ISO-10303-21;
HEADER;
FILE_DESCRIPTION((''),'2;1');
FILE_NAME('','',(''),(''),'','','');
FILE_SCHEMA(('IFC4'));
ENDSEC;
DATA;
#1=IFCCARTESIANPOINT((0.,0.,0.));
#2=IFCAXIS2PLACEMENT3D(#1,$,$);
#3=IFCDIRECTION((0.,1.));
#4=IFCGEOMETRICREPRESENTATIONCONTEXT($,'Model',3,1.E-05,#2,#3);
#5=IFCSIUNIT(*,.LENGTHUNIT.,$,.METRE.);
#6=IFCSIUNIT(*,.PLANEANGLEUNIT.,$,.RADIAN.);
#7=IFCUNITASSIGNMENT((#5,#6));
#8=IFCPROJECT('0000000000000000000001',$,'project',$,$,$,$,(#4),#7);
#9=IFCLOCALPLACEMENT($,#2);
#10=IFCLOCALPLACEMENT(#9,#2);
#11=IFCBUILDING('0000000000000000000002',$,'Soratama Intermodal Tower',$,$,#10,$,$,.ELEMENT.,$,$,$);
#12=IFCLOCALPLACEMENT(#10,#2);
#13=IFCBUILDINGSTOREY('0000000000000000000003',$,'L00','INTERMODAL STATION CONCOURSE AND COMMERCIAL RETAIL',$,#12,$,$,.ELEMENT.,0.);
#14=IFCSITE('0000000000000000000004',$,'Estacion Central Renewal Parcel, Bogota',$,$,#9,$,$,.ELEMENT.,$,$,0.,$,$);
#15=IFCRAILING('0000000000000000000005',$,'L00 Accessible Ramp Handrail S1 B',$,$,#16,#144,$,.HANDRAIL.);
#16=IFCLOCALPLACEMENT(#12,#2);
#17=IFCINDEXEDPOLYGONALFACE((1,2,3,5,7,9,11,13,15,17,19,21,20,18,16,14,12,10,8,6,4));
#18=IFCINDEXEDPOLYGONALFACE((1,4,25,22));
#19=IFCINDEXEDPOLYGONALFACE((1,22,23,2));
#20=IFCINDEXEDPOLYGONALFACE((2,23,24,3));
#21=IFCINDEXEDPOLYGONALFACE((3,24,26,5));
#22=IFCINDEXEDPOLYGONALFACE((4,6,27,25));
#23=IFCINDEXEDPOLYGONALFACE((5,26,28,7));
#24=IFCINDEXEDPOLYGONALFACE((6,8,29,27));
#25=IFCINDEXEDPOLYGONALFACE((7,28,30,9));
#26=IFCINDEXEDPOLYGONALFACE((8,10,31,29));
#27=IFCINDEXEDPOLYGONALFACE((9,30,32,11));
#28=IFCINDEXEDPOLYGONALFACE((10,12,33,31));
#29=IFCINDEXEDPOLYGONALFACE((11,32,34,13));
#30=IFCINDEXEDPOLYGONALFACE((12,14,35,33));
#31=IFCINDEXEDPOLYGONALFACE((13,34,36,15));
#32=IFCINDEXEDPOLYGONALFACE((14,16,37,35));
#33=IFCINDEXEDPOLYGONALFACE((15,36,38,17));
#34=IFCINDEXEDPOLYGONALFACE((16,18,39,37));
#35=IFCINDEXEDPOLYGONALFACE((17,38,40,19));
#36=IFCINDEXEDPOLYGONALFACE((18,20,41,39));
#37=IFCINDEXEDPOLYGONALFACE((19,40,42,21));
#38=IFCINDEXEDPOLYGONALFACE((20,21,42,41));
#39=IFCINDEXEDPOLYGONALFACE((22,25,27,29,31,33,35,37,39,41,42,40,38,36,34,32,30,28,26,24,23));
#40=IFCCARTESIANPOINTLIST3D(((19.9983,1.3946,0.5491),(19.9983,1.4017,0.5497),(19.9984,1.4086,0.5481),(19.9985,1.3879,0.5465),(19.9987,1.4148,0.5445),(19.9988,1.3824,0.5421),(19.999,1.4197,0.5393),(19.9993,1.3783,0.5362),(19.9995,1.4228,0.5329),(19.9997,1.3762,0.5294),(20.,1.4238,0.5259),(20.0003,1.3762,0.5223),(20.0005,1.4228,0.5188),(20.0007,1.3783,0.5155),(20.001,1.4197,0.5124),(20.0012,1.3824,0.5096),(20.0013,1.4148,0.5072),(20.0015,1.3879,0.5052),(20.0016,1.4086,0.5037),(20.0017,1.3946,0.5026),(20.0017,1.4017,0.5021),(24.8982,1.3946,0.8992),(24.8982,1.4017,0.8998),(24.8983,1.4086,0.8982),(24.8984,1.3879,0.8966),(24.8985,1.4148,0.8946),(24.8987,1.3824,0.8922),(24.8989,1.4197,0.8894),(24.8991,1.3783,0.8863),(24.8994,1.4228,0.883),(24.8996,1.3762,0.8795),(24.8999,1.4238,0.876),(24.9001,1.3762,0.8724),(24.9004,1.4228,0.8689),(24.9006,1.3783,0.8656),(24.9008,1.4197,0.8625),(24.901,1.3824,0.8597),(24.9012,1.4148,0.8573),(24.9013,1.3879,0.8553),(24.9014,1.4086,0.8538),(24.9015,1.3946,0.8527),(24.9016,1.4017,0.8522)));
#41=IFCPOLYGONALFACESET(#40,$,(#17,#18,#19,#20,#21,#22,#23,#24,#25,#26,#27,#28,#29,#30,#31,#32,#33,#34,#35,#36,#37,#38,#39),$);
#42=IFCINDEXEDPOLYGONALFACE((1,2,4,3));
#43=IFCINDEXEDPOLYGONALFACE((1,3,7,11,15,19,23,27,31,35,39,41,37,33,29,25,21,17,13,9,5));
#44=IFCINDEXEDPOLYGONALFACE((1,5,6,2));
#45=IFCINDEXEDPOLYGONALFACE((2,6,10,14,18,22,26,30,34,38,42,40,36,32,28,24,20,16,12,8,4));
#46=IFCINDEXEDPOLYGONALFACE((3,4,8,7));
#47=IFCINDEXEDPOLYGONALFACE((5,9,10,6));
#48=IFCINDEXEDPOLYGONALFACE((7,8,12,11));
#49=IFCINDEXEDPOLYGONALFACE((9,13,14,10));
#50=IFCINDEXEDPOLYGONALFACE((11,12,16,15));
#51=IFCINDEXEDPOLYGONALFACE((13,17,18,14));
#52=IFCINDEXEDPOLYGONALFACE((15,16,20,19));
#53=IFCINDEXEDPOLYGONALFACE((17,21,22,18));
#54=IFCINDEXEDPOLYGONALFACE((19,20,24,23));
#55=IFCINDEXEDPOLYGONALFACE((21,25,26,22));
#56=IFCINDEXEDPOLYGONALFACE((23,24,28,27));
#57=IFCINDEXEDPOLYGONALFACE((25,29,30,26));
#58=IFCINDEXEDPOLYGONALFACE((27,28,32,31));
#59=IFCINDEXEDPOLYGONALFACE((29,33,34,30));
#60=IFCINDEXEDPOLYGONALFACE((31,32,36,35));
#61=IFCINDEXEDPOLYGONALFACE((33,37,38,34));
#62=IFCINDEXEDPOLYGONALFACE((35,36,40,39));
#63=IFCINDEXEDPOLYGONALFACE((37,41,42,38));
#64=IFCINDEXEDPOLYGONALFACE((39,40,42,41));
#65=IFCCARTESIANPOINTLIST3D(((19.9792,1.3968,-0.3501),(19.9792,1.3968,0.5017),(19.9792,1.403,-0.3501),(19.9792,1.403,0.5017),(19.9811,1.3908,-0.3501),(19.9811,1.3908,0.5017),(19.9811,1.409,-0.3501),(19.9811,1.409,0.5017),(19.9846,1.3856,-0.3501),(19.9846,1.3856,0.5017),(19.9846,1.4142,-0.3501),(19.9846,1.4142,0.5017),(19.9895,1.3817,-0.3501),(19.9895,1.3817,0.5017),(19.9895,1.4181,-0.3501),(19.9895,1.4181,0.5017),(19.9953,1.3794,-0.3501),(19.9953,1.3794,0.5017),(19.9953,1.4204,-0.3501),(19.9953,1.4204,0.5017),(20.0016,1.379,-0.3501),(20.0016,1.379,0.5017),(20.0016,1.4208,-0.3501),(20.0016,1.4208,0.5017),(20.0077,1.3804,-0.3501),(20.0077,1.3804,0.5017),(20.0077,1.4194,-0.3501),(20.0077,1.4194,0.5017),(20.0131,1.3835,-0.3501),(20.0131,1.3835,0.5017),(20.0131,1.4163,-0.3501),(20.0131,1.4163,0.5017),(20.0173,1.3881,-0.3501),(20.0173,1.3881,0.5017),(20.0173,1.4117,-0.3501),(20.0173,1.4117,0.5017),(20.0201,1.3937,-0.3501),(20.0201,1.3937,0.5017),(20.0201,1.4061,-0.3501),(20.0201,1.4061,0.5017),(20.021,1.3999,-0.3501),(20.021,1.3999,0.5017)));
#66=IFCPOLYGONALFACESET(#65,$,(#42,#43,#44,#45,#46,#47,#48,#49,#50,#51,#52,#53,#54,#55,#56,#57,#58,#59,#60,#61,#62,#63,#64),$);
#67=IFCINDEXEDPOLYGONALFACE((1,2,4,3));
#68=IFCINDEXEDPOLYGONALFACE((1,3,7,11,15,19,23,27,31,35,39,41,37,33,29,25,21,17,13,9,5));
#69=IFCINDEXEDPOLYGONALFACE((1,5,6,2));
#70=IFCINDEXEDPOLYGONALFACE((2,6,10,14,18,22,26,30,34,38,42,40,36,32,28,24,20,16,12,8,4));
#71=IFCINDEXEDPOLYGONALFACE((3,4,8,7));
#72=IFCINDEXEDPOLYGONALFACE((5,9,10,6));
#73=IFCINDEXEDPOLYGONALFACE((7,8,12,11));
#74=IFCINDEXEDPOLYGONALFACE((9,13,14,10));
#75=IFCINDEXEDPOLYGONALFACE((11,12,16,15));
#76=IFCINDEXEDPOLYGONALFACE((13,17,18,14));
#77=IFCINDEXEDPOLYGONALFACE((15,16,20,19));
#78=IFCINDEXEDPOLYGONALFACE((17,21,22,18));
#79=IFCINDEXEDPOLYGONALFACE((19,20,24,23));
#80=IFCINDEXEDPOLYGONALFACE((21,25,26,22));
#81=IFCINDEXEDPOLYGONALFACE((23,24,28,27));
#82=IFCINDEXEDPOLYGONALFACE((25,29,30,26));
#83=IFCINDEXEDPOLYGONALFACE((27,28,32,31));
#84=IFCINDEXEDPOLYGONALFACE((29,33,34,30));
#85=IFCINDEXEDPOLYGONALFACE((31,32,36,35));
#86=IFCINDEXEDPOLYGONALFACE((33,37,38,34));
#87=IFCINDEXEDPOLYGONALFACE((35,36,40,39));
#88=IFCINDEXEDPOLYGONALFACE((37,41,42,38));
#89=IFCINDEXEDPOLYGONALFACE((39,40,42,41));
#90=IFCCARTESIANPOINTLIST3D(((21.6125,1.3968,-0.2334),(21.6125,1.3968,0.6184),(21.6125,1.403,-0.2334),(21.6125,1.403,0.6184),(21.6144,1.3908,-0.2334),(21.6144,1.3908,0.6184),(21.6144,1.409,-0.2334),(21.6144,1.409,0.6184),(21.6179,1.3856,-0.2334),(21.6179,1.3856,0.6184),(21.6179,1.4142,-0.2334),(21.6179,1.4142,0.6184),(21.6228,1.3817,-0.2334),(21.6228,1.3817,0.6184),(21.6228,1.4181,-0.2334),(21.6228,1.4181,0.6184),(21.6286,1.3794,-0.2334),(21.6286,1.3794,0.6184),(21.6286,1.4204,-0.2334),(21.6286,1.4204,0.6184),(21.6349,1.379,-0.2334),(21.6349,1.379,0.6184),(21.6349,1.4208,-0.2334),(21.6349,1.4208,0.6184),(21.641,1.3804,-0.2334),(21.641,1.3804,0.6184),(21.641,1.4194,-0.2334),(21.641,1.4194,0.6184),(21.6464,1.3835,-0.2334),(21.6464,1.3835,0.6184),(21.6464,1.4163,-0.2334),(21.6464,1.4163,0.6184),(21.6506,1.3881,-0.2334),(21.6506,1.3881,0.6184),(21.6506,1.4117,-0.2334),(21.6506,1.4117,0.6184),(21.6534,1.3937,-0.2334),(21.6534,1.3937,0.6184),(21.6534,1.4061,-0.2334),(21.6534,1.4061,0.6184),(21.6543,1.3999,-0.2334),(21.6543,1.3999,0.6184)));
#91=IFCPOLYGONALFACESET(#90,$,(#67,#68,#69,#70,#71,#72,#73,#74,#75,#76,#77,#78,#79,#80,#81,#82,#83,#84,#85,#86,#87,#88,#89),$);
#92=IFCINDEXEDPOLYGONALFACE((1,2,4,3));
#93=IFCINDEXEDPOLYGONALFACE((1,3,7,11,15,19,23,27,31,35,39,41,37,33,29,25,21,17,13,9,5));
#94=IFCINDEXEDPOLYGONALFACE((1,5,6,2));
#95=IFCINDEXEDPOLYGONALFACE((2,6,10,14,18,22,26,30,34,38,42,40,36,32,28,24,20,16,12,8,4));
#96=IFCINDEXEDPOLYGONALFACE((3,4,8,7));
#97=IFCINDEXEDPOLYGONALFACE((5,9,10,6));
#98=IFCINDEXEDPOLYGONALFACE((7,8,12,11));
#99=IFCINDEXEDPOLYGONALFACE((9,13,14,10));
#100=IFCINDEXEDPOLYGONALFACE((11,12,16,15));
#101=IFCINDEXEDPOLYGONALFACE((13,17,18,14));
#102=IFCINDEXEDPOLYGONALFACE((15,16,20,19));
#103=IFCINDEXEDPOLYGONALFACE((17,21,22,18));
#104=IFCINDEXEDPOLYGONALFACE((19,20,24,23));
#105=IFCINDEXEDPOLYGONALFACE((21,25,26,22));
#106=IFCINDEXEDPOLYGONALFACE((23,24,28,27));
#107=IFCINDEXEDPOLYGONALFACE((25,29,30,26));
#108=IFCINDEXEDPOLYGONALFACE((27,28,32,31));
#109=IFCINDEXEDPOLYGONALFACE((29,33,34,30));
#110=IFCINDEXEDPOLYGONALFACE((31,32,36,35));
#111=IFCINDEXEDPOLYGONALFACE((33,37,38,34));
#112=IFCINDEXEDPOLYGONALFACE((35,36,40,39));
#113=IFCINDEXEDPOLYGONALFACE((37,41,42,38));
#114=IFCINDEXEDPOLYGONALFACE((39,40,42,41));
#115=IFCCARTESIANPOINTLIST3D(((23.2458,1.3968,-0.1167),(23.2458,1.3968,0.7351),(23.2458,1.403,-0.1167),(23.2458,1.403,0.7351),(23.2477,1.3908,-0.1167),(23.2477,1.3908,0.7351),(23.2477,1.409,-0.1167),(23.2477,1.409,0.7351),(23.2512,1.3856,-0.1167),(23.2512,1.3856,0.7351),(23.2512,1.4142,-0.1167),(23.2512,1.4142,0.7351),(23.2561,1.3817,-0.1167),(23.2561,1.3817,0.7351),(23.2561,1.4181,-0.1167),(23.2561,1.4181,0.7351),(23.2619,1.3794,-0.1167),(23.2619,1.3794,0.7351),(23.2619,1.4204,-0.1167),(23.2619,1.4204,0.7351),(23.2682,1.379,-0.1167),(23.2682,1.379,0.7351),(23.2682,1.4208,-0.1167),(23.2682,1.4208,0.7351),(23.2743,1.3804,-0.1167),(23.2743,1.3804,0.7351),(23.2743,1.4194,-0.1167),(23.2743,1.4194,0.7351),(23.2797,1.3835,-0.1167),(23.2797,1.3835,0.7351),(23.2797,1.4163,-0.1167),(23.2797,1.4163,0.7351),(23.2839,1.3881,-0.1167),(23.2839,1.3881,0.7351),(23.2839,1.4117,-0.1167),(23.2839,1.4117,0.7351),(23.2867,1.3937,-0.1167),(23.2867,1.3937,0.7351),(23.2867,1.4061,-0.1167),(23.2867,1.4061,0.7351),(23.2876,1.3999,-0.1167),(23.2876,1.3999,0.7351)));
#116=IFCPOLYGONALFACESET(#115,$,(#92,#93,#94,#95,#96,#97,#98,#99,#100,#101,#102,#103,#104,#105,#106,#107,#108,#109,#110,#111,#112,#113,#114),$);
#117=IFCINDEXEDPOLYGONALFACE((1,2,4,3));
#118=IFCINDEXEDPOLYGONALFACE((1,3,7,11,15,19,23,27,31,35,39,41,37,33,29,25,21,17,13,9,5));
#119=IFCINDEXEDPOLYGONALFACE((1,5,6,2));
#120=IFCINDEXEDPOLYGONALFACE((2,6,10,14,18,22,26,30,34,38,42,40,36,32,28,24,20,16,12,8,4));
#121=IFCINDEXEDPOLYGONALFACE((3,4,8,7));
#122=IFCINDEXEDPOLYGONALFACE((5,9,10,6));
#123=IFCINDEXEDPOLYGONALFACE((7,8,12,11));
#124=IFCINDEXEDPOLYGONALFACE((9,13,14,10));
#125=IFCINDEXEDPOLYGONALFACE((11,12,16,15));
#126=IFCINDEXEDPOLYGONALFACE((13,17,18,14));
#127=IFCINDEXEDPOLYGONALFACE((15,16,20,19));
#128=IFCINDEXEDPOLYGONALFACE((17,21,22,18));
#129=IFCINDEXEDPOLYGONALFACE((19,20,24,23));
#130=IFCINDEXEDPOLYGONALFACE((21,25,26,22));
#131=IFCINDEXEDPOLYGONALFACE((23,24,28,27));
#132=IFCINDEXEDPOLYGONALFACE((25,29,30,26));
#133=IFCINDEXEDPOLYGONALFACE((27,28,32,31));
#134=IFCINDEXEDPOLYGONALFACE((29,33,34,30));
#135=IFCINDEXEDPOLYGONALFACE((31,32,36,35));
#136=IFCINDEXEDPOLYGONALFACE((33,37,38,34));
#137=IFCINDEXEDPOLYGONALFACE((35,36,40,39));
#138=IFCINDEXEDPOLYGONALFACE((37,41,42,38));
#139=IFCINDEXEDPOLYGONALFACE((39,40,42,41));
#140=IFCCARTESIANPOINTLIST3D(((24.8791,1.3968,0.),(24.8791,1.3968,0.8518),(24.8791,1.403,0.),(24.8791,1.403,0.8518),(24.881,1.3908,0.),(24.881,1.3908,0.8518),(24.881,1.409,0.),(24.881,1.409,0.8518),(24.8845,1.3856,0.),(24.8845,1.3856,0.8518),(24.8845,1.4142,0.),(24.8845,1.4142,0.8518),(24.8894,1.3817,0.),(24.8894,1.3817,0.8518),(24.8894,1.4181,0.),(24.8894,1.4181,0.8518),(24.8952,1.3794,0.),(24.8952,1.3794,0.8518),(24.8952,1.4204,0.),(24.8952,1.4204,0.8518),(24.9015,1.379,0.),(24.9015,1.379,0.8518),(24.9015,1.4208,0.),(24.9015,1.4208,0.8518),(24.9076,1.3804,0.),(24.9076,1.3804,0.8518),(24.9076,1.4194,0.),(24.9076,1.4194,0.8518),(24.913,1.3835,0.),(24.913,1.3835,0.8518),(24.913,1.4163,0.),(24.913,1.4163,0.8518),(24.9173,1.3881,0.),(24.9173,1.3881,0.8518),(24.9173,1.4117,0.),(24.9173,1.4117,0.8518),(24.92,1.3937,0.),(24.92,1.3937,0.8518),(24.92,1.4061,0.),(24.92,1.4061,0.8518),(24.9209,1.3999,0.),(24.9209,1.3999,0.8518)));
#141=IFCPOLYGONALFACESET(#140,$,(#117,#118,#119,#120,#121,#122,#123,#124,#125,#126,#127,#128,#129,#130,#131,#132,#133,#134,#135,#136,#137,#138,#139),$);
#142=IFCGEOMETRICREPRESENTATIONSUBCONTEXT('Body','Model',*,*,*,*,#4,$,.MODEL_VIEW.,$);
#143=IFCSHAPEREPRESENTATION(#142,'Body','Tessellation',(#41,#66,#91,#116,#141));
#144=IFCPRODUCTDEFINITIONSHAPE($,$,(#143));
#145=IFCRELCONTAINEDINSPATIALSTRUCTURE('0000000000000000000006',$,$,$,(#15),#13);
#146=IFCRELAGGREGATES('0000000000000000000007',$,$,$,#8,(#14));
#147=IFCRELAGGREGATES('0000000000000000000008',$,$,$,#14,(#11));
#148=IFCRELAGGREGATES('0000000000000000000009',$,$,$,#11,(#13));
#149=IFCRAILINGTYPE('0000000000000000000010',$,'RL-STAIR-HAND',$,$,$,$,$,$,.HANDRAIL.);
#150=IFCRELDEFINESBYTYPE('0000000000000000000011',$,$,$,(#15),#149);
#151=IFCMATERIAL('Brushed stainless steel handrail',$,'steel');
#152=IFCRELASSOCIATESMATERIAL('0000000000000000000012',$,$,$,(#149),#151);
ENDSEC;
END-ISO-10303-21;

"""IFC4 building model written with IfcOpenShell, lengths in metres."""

from ifc_helpers import new_model, si_unit, direction, frame, origin, origin_2d, place, context, subcontext, project, spatial, circle, extrude, material, type_object, element, save


model = new_model("IFC4")

# Units and contexts
model_context = context("Model", 3, precision=1e-05, world=origin(), true_north=direction((0.0, 1.0)))
body_context = subcontext(model_context, "Body", "Model", "MODEL_VIEW")
ifc_project = project(units=[si_unit("LENGTHUNIT", "METRE"), si_unit("PLANEANGLEUNIT", "RADIAN")], contexts=[model_context])

# Site, building, storey
site_placement = place(None, origin())
site = spatial("IfcSite", under=ifc_project, at=site_placement, Name="Estacion Central Renewal Parcel, Bogota", CompositionType="ELEMENT", RefElevation=0.0)
building_placement = place(site_placement, origin())
building = spatial("IfcBuilding", under=site, at=building_placement, Name="Soratama Intermodal Tower", CompositionType="ELEMENT")
storey_placement = place(building_placement, origin())
storey = spatial("IfcBuildingStorey", under=building, at=storey_placement, Name="L00", Description="INTERMODAL STATION CONCOURSE AND COMMERCIAL RETAIL", CompositionType="ELEMENT", Elevation=0.0)

# Railing
ifc_material_1 = material(Name="Brushed stainless steel handrail", Category="steel")
railing_type_1 = type_object("IfcRailingType", Name="RL-STAIR-HAND", PredefinedType="HANDRAIL", material=ifc_material_1)
for number, where, name in (
    (1, (20.0, 1.3999, -0.3501), "L00 Accessible Ramp Handrail S1 B"),
):
    element("IfcRailing", number, at=place(storey_placement, frame(where)), inside=storey, type_object=railing_type_1, Name=name, PredefinedType="HANDRAIL", context=body_context, shape_type="SweptSolid", body=[
        extrude(circle(Radius=0.0239, at=origin_2d()), frame((0.0, 0.0, 0.876), z_axis=(0.997457, 0.0, 0.071268), x_axis=(0.0, 1.0, 0.0)), (0.0, 0.0, 1.0), 4.9124),
        extrude(circle(Radius=0.021, at=origin_2d()), origin(), (0.0, 0.0, 1.0), 0.8518),
        extrude(circle(Radius=0.021, at=origin_2d()), frame((1.6333, 0.0, 0.1167)), (0.0, 0.0, 1.0), 0.8518),
        extrude(circle(Radius=0.021, at=origin_2d()), frame((3.2666, 0.0, 0.2334)), (0.0, 0.0, 1.0), 0.8518),
        extrude(circle(Radius=0.021, at=origin_2d()), frame((4.8999, 0.0, 0.3501)), (0.0, 0.0, 1.0), 0.8518),
    ])

save(model, "model.ifc")
